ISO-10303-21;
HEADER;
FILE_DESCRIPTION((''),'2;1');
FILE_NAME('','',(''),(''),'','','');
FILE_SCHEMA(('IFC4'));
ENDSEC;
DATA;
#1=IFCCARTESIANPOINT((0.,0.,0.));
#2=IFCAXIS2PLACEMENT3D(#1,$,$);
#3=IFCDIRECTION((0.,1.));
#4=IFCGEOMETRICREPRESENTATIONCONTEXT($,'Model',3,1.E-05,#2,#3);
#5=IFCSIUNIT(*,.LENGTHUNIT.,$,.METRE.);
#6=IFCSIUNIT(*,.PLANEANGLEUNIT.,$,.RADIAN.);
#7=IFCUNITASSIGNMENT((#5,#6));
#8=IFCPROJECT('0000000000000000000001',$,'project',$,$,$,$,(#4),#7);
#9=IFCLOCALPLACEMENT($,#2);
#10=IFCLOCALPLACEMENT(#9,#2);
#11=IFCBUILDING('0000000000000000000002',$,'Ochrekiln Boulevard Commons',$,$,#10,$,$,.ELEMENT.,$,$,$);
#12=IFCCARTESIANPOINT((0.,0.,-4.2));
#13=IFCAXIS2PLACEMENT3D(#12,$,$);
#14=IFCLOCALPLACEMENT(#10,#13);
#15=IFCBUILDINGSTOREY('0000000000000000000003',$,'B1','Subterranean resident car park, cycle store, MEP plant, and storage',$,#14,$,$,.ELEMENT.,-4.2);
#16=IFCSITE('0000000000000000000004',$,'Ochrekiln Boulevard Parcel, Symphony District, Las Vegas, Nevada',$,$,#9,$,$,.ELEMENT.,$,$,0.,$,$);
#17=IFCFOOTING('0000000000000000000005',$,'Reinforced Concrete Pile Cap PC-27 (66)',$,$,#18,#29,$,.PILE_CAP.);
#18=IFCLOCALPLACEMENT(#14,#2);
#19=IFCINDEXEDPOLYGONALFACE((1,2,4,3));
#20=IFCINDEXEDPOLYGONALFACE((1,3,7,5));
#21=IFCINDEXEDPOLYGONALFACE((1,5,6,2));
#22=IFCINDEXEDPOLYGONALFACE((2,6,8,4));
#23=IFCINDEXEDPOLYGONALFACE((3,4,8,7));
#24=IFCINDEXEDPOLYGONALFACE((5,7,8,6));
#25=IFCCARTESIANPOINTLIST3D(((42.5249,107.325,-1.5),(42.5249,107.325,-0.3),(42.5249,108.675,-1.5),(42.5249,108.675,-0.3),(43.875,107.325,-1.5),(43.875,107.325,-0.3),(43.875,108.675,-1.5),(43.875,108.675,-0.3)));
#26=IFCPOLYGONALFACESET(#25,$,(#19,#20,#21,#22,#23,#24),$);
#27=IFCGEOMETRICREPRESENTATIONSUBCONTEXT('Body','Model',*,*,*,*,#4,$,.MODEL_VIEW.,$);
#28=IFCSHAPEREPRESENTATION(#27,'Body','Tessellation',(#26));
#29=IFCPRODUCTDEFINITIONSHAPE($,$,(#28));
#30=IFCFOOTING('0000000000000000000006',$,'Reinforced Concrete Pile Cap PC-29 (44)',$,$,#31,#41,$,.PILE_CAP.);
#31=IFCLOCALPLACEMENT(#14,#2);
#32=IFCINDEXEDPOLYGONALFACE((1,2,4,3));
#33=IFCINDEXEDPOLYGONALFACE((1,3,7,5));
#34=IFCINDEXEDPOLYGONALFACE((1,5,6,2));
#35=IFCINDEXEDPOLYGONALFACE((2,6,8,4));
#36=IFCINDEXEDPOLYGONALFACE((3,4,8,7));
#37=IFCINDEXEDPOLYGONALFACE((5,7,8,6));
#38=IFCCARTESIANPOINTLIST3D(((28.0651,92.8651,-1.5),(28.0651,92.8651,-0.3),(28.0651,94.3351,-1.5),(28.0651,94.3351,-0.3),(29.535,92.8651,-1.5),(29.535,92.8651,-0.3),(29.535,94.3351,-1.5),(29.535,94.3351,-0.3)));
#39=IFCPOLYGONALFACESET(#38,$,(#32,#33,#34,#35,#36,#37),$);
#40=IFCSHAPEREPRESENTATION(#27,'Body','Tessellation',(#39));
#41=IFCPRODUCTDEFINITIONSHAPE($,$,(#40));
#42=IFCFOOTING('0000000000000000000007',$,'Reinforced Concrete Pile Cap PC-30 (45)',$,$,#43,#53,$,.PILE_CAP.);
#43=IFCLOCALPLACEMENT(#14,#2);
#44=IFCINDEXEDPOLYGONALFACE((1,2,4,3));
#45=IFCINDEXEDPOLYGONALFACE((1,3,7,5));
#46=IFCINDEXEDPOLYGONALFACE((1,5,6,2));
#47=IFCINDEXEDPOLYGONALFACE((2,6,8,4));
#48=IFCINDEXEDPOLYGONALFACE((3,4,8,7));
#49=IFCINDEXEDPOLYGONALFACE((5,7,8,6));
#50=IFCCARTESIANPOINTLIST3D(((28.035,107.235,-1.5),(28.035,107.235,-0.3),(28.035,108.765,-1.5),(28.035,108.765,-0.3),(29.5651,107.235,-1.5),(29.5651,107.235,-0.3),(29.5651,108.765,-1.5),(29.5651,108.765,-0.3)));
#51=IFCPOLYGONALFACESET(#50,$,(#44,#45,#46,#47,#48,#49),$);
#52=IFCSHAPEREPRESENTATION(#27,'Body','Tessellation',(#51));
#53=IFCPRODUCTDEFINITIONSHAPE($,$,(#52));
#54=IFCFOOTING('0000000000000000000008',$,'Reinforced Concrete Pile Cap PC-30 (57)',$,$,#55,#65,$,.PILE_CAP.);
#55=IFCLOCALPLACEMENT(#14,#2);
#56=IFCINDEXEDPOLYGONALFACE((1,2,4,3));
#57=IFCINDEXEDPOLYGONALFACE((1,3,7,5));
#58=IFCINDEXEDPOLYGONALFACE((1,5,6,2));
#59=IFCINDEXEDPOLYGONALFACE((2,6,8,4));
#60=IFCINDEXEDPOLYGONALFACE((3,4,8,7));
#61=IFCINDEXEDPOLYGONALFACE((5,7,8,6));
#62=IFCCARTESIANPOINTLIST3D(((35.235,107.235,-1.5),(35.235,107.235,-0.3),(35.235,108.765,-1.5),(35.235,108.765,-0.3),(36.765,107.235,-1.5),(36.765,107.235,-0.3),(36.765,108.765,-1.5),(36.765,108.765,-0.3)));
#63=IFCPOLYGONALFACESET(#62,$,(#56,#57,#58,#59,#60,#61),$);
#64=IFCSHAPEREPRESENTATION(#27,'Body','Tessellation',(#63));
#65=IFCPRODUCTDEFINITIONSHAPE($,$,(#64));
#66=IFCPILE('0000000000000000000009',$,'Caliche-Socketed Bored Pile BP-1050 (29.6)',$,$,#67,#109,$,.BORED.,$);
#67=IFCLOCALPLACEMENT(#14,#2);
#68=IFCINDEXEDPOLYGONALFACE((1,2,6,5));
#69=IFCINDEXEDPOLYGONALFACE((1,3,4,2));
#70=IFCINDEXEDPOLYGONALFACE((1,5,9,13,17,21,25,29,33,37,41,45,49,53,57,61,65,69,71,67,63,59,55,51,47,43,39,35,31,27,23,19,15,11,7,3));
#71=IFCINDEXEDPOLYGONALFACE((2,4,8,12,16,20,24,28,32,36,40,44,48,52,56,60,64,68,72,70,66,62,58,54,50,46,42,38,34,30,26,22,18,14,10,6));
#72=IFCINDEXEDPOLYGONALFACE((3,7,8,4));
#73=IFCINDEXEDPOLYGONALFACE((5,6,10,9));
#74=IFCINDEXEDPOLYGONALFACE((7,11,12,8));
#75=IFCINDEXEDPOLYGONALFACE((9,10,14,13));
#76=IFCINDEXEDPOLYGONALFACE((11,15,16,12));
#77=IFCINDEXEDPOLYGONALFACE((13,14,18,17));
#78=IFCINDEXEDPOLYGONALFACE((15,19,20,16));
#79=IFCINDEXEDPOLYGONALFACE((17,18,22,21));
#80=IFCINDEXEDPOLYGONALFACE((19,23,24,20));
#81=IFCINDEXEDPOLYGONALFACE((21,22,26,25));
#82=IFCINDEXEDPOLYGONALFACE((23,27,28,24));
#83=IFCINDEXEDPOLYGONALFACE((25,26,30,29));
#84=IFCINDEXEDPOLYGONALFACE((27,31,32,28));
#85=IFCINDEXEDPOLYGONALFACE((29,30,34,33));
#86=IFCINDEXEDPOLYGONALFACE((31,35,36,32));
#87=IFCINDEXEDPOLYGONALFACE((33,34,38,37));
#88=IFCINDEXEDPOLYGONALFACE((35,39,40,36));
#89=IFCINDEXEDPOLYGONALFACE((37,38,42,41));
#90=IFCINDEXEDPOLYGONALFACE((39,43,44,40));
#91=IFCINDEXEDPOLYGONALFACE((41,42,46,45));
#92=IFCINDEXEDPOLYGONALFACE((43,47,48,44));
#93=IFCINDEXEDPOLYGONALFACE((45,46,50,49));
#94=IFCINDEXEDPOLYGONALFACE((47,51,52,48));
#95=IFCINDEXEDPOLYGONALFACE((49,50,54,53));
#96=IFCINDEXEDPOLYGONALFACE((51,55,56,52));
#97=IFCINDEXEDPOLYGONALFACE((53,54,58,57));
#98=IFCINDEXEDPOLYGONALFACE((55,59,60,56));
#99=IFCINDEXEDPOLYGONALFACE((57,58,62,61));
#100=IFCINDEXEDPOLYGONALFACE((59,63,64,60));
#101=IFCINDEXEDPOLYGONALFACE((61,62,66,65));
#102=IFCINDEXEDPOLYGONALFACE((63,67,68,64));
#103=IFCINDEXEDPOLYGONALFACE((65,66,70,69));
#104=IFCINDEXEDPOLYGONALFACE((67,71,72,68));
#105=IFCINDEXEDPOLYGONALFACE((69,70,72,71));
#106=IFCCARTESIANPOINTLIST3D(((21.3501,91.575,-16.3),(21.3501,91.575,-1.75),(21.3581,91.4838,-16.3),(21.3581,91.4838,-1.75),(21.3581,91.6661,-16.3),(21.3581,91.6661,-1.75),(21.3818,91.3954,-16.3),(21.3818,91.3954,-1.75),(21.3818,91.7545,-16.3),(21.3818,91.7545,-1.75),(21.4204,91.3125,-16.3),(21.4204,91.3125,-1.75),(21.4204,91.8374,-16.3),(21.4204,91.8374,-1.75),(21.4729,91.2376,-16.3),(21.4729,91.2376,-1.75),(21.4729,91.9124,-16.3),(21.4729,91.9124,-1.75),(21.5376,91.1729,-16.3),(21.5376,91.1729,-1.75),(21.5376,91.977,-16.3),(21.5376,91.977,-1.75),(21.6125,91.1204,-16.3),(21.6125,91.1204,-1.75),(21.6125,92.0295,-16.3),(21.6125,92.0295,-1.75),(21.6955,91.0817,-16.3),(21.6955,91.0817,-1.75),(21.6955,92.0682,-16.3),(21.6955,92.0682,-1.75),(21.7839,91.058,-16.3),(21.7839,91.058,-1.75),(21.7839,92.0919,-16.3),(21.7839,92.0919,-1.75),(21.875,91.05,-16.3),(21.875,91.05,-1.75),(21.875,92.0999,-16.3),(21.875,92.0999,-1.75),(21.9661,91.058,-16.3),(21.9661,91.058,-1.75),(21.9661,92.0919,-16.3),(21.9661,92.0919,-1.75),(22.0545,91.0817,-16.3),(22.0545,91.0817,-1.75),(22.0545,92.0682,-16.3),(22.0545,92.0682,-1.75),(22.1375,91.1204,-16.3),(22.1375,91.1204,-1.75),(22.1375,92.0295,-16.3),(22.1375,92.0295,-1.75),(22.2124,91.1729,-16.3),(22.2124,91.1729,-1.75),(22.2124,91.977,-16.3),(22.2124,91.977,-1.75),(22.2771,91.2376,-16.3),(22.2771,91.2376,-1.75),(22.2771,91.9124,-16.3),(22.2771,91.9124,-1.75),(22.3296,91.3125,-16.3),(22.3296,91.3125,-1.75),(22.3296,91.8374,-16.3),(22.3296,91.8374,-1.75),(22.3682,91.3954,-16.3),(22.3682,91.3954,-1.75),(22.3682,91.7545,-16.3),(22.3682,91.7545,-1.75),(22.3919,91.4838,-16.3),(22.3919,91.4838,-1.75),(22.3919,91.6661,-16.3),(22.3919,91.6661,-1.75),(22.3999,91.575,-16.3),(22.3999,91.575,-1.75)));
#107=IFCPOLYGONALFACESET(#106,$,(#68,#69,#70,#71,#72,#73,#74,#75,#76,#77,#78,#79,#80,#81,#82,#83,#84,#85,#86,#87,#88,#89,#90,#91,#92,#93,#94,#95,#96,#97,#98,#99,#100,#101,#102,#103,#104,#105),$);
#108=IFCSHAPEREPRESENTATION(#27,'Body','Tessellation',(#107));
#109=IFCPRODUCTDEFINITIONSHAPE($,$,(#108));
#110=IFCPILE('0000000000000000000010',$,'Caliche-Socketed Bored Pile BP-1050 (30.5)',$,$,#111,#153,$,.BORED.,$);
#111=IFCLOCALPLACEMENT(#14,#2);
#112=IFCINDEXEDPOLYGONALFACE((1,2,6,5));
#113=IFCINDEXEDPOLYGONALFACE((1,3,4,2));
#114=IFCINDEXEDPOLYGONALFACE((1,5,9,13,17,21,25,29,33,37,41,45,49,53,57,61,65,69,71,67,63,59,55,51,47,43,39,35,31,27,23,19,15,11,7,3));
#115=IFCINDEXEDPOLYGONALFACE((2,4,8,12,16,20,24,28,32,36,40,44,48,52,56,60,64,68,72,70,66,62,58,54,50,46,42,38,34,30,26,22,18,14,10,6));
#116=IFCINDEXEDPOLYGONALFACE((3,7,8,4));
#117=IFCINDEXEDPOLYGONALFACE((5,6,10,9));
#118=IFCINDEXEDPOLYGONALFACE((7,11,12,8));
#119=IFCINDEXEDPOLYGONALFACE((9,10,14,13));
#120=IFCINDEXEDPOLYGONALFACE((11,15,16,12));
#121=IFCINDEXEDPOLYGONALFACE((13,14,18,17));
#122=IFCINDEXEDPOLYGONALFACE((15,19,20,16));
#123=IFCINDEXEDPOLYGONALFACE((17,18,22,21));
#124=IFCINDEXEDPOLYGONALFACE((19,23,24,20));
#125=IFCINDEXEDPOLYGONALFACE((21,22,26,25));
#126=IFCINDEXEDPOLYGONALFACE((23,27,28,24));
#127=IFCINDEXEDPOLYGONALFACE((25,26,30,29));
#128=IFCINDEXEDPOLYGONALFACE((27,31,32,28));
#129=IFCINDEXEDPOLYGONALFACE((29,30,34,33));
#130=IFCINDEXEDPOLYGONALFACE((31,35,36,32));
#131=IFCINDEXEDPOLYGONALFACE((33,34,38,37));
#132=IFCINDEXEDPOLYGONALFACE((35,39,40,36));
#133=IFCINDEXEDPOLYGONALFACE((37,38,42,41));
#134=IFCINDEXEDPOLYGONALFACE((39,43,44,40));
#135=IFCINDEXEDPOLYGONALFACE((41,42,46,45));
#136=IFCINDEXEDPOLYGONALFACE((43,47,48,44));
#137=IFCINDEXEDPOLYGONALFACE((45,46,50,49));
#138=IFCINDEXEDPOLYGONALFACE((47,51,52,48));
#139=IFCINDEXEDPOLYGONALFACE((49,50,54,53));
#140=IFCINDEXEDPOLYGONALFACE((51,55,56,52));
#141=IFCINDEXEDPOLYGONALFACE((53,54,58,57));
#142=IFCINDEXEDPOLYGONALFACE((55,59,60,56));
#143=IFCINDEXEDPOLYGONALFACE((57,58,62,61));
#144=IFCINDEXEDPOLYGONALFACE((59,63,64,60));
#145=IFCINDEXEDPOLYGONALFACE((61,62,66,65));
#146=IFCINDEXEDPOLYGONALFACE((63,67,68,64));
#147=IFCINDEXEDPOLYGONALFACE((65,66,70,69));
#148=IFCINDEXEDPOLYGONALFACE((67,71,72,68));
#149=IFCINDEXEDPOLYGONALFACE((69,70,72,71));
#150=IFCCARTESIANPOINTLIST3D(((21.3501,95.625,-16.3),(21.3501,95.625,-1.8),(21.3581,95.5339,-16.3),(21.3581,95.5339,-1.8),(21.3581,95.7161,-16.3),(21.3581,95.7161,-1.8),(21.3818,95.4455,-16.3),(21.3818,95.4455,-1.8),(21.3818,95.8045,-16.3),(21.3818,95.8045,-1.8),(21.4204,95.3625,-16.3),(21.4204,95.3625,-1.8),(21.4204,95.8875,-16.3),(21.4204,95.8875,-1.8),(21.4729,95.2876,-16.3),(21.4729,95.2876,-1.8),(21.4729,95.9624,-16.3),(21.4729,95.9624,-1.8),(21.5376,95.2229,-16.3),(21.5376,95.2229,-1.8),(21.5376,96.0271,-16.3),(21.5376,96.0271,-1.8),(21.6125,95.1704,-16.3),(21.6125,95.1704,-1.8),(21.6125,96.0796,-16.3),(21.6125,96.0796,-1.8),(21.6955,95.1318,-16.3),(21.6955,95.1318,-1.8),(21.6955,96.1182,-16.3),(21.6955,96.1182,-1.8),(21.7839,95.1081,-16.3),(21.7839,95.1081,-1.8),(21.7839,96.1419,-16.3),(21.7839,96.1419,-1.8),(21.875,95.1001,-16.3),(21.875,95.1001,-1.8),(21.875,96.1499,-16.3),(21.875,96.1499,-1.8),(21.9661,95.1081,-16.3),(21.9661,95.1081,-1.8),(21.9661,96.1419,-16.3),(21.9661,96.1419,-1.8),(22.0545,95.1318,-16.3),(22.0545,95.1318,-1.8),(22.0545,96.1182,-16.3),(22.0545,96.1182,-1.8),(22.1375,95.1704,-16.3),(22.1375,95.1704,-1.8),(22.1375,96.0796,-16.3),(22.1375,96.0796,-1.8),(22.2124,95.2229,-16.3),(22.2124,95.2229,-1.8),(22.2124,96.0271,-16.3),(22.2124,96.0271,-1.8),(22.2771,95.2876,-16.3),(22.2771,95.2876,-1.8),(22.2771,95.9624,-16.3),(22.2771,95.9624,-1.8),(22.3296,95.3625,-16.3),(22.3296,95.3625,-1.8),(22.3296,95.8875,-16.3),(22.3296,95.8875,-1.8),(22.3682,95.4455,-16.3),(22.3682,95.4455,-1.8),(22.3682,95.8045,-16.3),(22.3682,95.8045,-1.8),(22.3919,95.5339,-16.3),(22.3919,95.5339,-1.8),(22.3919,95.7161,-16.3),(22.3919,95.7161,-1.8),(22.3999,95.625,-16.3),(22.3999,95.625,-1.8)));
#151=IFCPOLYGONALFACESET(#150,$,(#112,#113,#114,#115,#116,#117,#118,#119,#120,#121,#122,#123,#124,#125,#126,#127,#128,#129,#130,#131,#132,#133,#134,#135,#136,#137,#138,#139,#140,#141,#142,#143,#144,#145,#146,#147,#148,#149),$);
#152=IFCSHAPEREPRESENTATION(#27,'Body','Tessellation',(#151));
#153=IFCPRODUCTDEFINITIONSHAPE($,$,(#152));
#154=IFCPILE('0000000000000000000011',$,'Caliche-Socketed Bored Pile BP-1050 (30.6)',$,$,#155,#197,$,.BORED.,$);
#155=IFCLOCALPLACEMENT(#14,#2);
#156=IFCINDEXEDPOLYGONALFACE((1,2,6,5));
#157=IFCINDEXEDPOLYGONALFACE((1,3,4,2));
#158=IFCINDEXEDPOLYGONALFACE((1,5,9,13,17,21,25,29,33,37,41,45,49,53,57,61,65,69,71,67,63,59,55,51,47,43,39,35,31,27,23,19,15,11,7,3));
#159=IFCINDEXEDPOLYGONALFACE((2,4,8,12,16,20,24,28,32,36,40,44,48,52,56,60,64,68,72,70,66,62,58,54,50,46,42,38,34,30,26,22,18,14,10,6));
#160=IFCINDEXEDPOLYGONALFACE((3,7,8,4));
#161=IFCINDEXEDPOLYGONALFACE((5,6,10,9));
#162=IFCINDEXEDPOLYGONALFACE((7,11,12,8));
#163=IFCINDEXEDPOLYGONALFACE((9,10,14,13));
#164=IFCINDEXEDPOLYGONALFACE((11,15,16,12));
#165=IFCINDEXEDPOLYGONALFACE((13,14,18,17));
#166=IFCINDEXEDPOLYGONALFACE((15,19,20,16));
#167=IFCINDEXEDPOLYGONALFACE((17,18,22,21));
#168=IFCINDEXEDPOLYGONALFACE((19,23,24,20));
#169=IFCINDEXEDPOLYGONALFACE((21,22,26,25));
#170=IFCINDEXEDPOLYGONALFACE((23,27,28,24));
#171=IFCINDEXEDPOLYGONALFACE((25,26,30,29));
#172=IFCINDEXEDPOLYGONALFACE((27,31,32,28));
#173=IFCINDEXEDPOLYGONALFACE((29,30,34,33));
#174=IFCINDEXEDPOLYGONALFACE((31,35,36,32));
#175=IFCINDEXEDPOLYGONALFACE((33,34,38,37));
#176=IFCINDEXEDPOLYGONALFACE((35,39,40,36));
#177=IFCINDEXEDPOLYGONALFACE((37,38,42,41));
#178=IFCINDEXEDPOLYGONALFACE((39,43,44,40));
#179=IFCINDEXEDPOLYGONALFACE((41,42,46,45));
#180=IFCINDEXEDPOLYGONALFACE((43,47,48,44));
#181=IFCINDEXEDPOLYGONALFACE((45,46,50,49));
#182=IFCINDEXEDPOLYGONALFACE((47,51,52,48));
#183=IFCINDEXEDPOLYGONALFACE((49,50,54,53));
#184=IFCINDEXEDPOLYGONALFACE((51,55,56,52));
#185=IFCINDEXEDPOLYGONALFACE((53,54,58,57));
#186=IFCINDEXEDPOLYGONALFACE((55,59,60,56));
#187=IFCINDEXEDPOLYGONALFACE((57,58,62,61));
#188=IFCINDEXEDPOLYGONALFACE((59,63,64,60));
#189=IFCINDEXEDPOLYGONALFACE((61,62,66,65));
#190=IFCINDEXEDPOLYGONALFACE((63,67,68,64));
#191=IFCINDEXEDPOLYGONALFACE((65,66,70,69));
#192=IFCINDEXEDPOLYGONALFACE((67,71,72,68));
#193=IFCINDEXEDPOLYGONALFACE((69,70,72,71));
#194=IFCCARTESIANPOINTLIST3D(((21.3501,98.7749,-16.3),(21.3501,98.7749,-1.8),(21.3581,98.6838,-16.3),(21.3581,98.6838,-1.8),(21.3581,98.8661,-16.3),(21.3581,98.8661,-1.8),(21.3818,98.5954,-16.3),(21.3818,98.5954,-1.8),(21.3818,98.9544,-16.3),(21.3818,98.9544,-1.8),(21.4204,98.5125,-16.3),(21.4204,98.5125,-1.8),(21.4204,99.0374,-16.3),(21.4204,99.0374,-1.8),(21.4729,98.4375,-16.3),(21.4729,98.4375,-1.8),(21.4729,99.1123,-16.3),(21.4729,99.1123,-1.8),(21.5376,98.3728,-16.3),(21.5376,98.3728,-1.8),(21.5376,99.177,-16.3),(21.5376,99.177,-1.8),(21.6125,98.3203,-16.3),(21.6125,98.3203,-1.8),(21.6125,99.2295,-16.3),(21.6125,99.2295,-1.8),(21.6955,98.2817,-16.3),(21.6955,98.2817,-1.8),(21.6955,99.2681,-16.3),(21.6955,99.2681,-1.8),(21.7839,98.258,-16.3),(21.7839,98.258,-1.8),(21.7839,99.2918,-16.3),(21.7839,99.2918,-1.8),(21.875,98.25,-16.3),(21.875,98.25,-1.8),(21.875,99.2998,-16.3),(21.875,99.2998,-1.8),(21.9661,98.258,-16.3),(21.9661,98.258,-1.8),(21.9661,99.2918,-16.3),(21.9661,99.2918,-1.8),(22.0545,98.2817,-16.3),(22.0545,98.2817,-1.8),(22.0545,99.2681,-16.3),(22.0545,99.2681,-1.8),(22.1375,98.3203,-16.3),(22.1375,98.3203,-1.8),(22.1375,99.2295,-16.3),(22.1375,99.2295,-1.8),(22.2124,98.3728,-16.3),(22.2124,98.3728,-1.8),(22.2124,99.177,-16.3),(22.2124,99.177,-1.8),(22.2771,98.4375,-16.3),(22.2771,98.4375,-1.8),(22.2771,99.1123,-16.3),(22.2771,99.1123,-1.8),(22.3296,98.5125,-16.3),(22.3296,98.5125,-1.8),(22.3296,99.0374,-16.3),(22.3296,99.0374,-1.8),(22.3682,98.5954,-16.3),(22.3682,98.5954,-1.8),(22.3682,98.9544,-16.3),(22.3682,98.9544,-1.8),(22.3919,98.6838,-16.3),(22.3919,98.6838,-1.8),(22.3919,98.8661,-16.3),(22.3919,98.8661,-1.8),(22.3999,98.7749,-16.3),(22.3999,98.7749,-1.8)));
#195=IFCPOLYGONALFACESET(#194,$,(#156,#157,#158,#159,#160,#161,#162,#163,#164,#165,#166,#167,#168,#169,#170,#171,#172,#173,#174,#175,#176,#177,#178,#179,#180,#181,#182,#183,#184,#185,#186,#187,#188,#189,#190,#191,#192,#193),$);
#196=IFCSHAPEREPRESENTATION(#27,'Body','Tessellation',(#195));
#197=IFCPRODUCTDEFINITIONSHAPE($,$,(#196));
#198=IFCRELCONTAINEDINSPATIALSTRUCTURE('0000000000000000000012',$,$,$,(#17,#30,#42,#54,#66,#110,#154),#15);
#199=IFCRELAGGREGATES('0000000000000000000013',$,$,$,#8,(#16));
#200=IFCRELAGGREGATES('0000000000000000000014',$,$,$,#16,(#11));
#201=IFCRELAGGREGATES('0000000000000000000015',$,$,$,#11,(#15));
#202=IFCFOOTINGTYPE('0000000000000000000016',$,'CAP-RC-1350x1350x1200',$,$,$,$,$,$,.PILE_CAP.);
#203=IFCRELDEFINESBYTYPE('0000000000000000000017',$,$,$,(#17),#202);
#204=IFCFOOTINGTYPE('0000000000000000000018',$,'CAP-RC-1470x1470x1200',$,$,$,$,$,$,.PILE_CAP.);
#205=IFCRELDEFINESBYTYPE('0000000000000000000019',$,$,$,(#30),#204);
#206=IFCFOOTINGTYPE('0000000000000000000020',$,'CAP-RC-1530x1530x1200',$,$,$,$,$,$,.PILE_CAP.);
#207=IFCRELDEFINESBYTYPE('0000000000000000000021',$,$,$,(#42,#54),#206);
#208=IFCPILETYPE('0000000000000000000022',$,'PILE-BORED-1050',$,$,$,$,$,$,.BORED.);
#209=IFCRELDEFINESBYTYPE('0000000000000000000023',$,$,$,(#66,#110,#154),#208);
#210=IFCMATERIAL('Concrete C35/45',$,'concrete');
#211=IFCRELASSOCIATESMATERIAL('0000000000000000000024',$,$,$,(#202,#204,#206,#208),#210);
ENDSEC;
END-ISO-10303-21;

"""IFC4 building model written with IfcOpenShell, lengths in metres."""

from ifc_helpers import new_model, si_unit, direction, frame, origin, origin_2d, place, context, subcontext, project, spatial, rectangle, circle, extrude, material, material_profile, profile_set, type_object, element, save


model = new_model("IFC4")

# Units and contexts
model_context = context("Model", 3, precision=1e-05, world=origin(), true_north=direction((0.0, 1.0)))
body_context = subcontext(model_context, "Body", "Model", "MODEL_VIEW")
ifc_project = project(units=[si_unit("LENGTHUNIT", "METRE"), si_unit("PLANEANGLEUNIT", "RADIAN")], contexts=[model_context])

# Site, building, storey
site_placement = place(None, origin())
site = spatial("IfcSite", under=ifc_project, at=site_placement, Name="Ochrekiln Boulevard Parcel, Symphony District, Las Vegas, Nevada", CompositionType="ELEMENT", RefElevation=0.0)
building_placement = place(site_placement, origin())
building = spatial("IfcBuilding", under=site, at=building_placement, Name="Ochrekiln Boulevard Commons", CompositionType="ELEMENT")
storey_placement = place(building_placement, frame((0.0, 0.0, -4.2)))
storey = spatial("IfcBuildingStorey", under=building, at=storey_placement, Name="B1", Description="Subterranean resident car park, cycle store, MEP plant, and storage", CompositionType="ELEMENT", Elevation=-4.2)

# Footings
ifc_material_1 = material(Name="Concrete C35/45", Category="concrete")
footing_type_1 = type_object("IfcFootingType", Name="CAP-RC-1350x1350x1200", PredefinedType="PILE_CAP", material=ifc_material_1)
footing_1_placement = place(storey_placement, frame((43.2, 108.0, -1.5), z_axis=(0.0, 0.0, 1.0), x_axis=(1.0, 0.0, 0.0)))
element("IfcFooting", 1, at=footing_1_placement, inside=storey, type_object=footing_type_1, Name="Reinforced Concrete Pile Cap PC-27 (66)", PredefinedType="PILE_CAP", context=body_context, shape_type="SweptSolid", body=[
    extrude(rectangle(XDim=1.3501, YDim=1.3501, at=origin_2d()), origin(), (0.0, 0.0, 1.0), 1.2),
])
footing_type_2 = type_object("IfcFootingType", Name="CAP-RC-1470x1470x1200", PredefinedType="PILE_CAP", material=ifc_material_1)
footing_2_placement = place(storey_placement, frame((28.8, 93.6001, -1.5), z_axis=(0.0, 0.0, 1.0), x_axis=(1.0, 0.0, 0.0)))
element("IfcFooting", 2, at=footing_2_placement, inside=storey, type_object=footing_type_2, Name="Reinforced Concrete Pile Cap PC-29 (44)", PredefinedType="PILE_CAP", context=body_context, shape_type="SweptSolid", body=[
    extrude(rectangle(XDim=1.47, YDim=1.47, at=origin_2d()), origin(), (0.0, 0.0, 1.0), 1.2),
])
footing_type_3 = type_object("IfcFootingType", Name="CAP-RC-1530x1530x1200", PredefinedType="PILE_CAP", material=ifc_material_1)
for number, where, z_axis, x_axis, name in (
    (3, (28.8, 108.0, -1.5), (0.0, 0.0, 1.0), (1.0, 0.0, 0.0), "Reinforced Concrete Pile Cap PC-30 (45)"),
    (4, (36.0, 108.0, -1.5), (0.0, 0.0, 1.0), (1.0, 0.0, 0.0), "Reinforced Concrete Pile Cap PC-30 (57)"),
):
    element("IfcFooting", number, at=place(storey_placement, frame(where, z_axis=z_axis, x_axis=x_axis)), inside=storey, type_object=footing_type_3, Name=name, PredefinedType="PILE_CAP", context=body_context, shape_type="SweptSolid", body=[
        extrude(rectangle(XDim=1.53, YDim=1.53, at=origin_2d()), origin(), (0.0, 0.0, 1.0), 1.2),
    ])

# Piles
ifc_material_profile_1 = material_profile(ifc_material_1, circle(Radius=0.5249, at=origin_2d()), Name="PILE-D1050")
ifc_profile_set_1 = profile_set([ifc_material_profile_1], Name="Concrete C35/45")
pile_type_1 = type_object("IfcPileType", Name="PILE-BORED-1050", PredefinedType="BORED", material=ifc_profile_set_1)
pile_placement = place(storey_placement, frame((21.875, 91.575, -1.75), z_axis=(0.0, 0.0, -1.0), x_axis=(1.0, 0.0, 0.0)))
element("IfcPile", 5, at=pile_placement, inside=storey, type_object=pile_type_1, Name="Caliche-Socketed Bored Pile BP-1050 (29.6)", PredefinedType="BORED", context=body_context, shape_type="SweptSolid", body=[
    extrude(circle(Radius=0.5249, at=origin_2d()), origin(), (0.0, 0.0, 1.0), 14.55),
])
for number, where, z_axis, x_axis, name in (
    (6, (21.875, 95.625, -1.8), (0.0, 0.0, -1.0), (1.0, 0.0, 0.0), "Caliche-Socketed Bored Pile BP-1050 (30.5)"),
    (7, (21.875, 98.7749, -1.8), (0.0, 0.0, -1.0), (1.0, 0.0, 0.0), "Caliche-Socketed Bored Pile BP-1050 (30.6)"),
):
    element("IfcPile", number, at=place(storey_placement, frame(where, z_axis=z_axis, x_axis=x_axis)), inside=storey, type_object=pile_type_1, Name=name, PredefinedType="BORED", context=body_context, shape_type="SweptSolid", body=[
        extrude(circle(Radius=0.5249, at=origin_2d()), origin(), (0.0, 0.0, 1.0), 14.5),
    ])

save(model, "model.ifc")
